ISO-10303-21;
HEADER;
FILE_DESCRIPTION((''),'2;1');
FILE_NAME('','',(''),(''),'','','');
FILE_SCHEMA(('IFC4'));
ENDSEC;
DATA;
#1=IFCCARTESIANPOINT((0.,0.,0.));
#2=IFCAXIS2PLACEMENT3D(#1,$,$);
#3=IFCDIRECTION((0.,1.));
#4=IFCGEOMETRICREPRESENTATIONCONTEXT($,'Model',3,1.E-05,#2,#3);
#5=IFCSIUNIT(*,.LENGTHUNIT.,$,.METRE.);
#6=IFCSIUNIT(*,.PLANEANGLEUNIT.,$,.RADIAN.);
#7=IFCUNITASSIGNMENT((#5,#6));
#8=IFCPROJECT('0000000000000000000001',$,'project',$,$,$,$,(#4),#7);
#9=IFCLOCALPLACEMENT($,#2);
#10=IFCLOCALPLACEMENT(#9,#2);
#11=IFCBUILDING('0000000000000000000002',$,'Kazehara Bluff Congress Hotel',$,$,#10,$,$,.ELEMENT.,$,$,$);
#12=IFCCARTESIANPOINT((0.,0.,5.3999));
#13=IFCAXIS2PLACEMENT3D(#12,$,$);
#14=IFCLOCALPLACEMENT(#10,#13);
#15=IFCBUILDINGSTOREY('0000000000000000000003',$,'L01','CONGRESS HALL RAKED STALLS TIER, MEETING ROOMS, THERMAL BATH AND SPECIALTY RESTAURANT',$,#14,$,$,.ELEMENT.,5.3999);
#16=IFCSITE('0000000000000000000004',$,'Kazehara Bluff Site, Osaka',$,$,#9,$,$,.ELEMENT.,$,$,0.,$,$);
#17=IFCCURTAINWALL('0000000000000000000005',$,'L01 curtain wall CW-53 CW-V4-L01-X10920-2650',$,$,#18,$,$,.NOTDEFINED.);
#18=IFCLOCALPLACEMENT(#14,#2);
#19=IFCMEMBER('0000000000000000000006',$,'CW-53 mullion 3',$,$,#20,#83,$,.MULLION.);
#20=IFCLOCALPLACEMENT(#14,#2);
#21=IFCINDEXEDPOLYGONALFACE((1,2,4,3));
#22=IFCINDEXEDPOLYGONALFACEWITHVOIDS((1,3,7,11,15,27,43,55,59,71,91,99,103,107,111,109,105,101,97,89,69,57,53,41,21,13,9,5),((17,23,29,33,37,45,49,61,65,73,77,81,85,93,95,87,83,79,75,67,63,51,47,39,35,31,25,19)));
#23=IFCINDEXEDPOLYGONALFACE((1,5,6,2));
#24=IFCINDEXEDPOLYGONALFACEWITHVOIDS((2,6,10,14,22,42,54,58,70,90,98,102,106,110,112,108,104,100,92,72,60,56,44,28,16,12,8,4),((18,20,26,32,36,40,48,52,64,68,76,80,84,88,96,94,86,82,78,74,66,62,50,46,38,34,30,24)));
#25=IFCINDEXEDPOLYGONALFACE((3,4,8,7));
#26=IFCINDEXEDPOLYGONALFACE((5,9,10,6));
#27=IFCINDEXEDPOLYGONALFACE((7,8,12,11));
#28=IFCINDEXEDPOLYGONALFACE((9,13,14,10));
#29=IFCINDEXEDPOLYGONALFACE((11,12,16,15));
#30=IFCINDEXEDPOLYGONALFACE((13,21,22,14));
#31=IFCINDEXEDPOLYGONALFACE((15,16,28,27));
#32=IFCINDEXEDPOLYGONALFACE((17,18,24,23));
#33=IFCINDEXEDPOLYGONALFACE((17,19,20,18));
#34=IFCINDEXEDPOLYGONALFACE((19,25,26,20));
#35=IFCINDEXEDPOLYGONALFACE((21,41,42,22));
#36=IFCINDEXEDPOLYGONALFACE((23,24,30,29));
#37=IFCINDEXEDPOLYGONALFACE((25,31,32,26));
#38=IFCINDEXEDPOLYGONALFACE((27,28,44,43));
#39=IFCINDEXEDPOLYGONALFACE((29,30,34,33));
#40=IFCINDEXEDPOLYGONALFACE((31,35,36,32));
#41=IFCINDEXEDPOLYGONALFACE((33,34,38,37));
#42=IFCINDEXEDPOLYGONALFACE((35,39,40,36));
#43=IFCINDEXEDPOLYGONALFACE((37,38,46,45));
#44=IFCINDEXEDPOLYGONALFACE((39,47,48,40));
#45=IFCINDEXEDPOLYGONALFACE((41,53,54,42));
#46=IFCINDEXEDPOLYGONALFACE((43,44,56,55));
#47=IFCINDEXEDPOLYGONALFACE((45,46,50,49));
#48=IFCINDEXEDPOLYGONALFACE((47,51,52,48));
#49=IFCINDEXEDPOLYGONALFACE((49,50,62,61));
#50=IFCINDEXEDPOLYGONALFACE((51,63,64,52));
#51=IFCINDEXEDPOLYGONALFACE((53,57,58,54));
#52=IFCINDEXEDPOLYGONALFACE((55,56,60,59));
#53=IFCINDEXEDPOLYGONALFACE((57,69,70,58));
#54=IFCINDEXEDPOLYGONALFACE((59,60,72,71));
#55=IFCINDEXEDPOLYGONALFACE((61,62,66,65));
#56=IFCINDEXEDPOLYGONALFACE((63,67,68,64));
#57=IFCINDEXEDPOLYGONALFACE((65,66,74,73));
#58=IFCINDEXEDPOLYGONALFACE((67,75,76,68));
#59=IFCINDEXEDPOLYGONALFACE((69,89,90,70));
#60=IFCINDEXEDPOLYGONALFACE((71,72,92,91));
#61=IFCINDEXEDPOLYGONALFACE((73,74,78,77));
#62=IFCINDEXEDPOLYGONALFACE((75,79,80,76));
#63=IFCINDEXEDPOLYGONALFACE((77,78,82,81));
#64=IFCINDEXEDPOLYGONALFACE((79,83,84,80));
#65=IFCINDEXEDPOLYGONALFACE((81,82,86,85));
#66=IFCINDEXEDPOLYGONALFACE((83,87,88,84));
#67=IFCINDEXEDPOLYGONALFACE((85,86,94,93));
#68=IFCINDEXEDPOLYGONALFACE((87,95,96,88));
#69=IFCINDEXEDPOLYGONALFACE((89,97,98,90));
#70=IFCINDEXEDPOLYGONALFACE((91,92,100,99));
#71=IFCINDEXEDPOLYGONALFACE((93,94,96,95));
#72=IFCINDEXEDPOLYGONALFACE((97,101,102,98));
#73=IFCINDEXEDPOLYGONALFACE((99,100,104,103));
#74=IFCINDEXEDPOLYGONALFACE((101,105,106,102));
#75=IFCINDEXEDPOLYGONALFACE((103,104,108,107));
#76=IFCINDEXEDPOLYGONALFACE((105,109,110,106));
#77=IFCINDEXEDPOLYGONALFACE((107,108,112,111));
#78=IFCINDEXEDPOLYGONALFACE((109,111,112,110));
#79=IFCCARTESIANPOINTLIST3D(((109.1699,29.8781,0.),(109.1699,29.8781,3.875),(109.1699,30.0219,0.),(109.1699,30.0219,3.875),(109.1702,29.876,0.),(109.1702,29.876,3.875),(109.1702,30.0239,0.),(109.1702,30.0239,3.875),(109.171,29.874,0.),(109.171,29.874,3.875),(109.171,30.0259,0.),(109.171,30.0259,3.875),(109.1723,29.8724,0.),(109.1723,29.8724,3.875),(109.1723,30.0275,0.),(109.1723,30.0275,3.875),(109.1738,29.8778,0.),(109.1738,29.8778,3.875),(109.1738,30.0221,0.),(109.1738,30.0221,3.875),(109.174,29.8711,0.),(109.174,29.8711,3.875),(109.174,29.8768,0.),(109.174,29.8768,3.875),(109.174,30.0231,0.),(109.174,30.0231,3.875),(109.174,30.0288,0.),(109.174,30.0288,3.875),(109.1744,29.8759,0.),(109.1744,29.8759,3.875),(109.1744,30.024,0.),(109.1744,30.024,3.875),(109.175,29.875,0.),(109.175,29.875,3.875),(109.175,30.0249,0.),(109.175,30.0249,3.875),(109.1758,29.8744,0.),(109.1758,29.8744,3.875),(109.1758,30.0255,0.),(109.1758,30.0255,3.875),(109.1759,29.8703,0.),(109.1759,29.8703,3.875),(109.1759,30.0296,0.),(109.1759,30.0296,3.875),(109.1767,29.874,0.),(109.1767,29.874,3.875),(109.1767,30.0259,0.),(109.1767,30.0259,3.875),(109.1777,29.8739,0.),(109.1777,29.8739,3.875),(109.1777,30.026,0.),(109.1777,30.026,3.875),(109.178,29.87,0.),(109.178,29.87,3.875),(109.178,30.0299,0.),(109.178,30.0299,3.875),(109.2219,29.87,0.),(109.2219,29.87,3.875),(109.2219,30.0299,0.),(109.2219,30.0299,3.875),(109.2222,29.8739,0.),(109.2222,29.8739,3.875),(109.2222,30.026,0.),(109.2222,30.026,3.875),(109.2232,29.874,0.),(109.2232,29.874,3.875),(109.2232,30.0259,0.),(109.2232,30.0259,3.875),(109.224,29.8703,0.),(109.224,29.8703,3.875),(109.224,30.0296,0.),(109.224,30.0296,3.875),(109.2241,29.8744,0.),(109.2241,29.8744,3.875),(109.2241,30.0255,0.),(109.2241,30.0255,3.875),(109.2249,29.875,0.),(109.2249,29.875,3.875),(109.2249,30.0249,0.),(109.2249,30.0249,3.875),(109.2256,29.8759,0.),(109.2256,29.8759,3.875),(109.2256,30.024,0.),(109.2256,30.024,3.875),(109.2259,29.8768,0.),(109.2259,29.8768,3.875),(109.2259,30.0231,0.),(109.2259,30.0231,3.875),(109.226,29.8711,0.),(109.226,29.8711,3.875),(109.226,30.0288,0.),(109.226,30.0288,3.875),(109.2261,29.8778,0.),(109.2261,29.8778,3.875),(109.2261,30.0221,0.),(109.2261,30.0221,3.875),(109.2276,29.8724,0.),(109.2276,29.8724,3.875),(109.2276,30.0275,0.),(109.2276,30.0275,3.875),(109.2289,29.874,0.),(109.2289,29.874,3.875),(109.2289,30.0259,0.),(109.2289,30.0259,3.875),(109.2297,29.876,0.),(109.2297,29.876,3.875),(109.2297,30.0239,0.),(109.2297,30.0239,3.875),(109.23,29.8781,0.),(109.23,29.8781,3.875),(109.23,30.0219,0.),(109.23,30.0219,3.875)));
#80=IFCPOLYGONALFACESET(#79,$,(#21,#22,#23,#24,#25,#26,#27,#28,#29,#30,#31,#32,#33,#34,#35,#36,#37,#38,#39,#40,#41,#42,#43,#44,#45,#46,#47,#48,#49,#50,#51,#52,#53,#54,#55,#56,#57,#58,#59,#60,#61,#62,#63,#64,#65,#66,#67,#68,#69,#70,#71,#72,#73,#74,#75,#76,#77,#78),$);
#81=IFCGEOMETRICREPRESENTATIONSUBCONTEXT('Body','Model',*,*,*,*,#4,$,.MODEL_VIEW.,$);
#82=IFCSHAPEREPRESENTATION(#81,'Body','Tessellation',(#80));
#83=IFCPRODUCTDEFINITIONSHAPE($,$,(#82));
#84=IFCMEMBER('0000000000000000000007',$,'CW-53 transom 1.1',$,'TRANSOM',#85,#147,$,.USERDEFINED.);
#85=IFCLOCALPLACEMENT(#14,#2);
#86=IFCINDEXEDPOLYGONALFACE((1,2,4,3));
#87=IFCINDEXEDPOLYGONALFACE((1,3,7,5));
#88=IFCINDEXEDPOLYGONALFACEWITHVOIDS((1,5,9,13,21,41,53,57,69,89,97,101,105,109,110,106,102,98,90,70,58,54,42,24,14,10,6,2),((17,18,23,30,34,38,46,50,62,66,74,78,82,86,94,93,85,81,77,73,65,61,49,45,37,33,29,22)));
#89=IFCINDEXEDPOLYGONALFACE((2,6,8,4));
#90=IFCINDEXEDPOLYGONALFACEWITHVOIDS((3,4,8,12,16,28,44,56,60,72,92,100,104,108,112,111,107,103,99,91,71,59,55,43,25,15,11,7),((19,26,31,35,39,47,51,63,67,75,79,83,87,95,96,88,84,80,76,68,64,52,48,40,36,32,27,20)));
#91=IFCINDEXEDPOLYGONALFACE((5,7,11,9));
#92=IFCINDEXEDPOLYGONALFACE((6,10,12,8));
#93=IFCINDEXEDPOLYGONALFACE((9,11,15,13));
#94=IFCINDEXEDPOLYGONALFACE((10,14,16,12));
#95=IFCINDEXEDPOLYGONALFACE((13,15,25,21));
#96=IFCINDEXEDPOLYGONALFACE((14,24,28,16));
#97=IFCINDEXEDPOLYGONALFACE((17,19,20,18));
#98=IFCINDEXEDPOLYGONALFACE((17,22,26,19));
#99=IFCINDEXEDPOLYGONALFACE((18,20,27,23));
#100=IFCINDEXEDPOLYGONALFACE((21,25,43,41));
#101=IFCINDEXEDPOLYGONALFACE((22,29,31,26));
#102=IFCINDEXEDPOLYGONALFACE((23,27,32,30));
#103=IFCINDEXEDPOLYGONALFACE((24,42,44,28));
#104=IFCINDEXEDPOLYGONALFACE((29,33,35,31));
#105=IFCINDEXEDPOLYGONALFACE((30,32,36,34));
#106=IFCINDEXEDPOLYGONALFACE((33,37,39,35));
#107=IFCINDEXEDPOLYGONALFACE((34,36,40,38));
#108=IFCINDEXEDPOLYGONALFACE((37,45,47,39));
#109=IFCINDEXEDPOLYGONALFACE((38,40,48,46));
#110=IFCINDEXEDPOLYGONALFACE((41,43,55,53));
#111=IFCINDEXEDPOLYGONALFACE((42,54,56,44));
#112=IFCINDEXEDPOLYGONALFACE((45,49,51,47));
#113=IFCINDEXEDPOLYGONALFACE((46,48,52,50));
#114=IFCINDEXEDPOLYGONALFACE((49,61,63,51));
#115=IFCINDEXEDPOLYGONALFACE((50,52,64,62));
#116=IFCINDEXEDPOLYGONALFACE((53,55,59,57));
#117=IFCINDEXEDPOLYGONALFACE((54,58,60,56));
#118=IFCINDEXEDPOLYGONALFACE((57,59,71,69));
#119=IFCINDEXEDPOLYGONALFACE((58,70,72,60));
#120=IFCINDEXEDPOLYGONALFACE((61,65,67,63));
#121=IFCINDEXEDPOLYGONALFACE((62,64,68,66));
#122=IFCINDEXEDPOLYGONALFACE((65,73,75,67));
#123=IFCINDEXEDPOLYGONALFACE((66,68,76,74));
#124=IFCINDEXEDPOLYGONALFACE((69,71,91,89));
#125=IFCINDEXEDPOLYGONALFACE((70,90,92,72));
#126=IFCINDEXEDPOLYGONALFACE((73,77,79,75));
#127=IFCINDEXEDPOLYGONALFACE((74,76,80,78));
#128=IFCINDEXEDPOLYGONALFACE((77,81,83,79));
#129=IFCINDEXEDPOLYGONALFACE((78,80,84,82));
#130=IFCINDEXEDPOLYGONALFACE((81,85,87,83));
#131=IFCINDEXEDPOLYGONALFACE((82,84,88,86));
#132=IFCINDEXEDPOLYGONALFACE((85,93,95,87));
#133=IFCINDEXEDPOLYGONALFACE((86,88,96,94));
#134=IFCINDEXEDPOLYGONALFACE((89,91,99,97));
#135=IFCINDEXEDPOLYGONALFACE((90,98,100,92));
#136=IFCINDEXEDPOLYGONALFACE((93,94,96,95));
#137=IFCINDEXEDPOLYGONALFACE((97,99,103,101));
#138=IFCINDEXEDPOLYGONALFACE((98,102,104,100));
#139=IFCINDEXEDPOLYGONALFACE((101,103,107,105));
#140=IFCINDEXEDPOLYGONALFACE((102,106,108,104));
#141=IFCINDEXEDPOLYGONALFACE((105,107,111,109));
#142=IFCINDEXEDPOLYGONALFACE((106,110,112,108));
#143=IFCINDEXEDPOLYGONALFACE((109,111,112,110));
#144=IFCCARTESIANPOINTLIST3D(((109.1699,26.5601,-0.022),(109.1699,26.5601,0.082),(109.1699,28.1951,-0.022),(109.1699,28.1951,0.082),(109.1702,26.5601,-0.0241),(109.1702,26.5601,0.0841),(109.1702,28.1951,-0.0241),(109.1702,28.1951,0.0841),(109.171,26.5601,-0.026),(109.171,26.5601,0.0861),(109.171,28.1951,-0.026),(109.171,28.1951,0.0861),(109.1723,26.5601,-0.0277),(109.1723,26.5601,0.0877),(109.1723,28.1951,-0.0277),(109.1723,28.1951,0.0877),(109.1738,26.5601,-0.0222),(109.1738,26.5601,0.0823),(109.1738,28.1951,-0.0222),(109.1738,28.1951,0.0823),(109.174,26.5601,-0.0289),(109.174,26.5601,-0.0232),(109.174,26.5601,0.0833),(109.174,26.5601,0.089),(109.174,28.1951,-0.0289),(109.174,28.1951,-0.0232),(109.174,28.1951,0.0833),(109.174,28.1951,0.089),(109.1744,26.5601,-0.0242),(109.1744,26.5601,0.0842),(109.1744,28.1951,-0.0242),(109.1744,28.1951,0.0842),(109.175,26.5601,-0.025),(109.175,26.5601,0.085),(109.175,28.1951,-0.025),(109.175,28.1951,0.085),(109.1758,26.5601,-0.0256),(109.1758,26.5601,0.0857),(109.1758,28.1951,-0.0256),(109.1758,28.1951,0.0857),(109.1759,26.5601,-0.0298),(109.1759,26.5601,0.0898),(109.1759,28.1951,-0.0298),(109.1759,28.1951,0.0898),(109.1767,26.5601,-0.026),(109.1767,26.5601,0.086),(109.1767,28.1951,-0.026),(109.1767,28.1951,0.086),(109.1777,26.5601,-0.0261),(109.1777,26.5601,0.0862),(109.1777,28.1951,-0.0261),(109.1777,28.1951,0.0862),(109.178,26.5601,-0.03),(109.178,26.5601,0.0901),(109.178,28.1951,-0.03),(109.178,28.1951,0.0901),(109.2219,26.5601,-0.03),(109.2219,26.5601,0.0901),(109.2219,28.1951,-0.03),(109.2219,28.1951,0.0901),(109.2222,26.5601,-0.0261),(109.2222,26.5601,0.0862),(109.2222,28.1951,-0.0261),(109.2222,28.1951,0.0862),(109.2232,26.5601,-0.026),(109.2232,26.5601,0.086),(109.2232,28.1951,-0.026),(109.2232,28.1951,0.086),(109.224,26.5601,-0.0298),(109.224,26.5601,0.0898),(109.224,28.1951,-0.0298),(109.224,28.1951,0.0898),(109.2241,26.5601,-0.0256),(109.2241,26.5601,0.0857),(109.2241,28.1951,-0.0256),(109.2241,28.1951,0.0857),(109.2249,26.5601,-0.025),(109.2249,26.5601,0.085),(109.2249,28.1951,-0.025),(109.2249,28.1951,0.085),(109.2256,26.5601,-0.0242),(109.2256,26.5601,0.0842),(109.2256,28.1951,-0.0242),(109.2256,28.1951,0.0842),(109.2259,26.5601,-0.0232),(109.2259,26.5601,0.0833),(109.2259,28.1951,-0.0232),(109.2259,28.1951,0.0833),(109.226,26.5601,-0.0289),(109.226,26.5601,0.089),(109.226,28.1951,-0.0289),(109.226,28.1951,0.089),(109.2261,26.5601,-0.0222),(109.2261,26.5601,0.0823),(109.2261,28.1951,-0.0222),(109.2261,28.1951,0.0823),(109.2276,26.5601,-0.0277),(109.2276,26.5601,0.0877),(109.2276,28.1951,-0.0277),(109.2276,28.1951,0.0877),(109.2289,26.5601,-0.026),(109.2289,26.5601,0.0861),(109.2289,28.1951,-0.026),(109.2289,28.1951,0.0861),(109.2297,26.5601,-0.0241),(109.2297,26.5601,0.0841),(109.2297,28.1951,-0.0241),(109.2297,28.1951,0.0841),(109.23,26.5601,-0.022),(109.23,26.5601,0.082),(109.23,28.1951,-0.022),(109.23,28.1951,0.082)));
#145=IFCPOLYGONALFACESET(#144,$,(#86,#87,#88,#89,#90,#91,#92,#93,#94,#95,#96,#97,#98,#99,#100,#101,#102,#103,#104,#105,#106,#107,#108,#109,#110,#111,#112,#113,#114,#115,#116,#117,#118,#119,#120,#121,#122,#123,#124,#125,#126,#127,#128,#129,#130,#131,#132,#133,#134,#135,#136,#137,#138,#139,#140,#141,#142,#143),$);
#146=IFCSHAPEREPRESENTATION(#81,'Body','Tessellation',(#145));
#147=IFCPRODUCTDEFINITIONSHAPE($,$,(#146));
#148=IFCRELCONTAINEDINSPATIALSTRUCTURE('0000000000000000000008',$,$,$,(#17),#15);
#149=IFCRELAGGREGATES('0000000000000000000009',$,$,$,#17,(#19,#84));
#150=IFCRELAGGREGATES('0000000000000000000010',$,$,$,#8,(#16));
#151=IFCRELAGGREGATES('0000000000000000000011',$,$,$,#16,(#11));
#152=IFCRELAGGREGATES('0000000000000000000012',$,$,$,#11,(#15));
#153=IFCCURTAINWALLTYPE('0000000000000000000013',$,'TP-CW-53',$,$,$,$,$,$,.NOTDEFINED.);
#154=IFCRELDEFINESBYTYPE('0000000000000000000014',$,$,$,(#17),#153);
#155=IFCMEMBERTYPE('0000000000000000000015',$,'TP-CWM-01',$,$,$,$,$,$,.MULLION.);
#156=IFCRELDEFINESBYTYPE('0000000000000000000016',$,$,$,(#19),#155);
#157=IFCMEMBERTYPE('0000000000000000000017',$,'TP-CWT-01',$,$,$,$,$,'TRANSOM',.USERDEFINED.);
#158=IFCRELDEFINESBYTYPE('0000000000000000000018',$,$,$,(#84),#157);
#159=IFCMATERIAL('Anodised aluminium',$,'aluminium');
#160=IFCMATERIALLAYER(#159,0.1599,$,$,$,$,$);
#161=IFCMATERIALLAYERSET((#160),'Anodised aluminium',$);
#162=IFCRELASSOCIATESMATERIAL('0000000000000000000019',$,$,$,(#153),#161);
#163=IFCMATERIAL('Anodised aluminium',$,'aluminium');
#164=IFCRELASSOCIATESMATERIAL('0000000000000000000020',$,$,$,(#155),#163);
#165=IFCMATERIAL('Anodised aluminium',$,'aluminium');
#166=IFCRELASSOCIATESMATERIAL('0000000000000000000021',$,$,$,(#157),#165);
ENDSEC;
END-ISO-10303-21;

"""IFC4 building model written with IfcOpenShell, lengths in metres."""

from ifc_helpers import new_model, si_unit, direction, frame, origin, origin_2d, place, context, subcontext, project, spatial, hollow_rectangle, extrude, material, layer, layer_set, material_profile, profile_set, type_object, element, aggregate, save


model = new_model("IFC4")

# Units and contexts
model_context = context("Model", 3, precision=1e-05, world=origin(), true_north=direction((0.0, 1.0)))
body_context = subcontext(model_context, "Body", "Model", "MODEL_VIEW")
ifc_project = project(units=[si_unit("LENGTHUNIT", "METRE"), si_unit("PLANEANGLEUNIT", "RADIAN")], contexts=[model_context])

# Site, building, storey
site_placement = place(None, origin())
site = spatial("IfcSite", under=ifc_project, at=site_placement, Name="Kazehara Bluff Site, Osaka", CompositionType="ELEMENT", RefElevation=0.0)
building_placement = place(site_placement, origin())
building = spatial("IfcBuilding", under=site, at=building_placement, Name="Kazehara Bluff Congress Hotel", CompositionType="ELEMENT")
storey_placement = place(building_placement, frame((0.0, 0.0, 5.3999)))
storey = spatial("IfcBuildingStorey", under=building, at=storey_placement, Name="L01", Description="CONGRESS HALL RAKED STALLS TIER, MEETING ROOMS, THERMAL BATH AND SPECIALTY RESTAURANT", CompositionType="ELEMENT", Elevation=5.3999)

# Curtain wall, members
ifc_material_1 = material(Name="Anodised aluminium", Category="aluminium")
ifc_layer_1 = layer(ifc_material_1, 0.1599)
ifc_layer_set_1 = layer_set([ifc_layer_1], Name="Anodised aluminium")
curtain_wall_type = type_object("IfcCurtainWallType", Name="TP-CW-53", PredefinedType="NOTDEFINED", material=ifc_layer_set_1)
curtain_wall_placement = place(storey_placement, origin())
curtain_wall = element("IfcCurtainWall", 1, at=curtain_wall_placement, inside=storey, type_object=curtain_wall_type, Name="L01 curtain wall CW-53 CW-V4-L01-X10920-2650", PredefinedType="NOTDEFINED")
ifc_material_2 = material(Name="Anodised aluminium", Category="aluminium")
ifc_material_profile_1 = material_profile(ifc_material_2, hollow_rectangle(XDim=0.0601, YDim=0.1599, WallThickness=0.0039, InnerFilletRadius=0.0039, OuterFilletRadius=0.0081, at=origin_2d()))
ifc_profile_set_1 = profile_set([ifc_material_profile_1], Name="Anodised aluminium")
member_type_1 = type_object("IfcMemberType", Name="TP-CWM-01", PredefinedType="MULLION", material=ifc_profile_set_1)
member_1_placement = place(storey_placement, frame((109.2, 29.95, 0.0), z_axis=(0.0, 0.0, 1.0), x_axis=(-1.0, 0.0, 0.0)))
member_1 = element("IfcMember", 2, at=member_1_placement, type_object=member_type_1, Name="CW-53 mullion 3", PredefinedType="MULLION", context=body_context, shape_type="SweptSolid", body=[
    extrude(hollow_rectangle(XDim=0.0601, YDim=0.1599, WallThickness=0.0039, InnerFilletRadius=0.0039, OuterFilletRadius=0.0081, at=origin_2d()), origin(), (0.0, 0.0, 1.0), 3.875),
])
ifc_material_3 = material(Name="Anodised aluminium", Category="aluminium")
ifc_material_profile_2 = material_profile(ifc_material_3, hollow_rectangle(XDim=0.0601, YDim=0.1201, WallThickness=0.0039, InnerFilletRadius=0.0039, OuterFilletRadius=0.0081, at=origin_2d()))
ifc_profile_set_2 = profile_set([ifc_material_profile_2], Name="Anodised aluminium")
member_type_2 = type_object("IfcMemberType", Name="TP-CWT-01", ElementType="TRANSOM", PredefinedType="USERDEFINED", material=ifc_profile_set_2)
member_2_placement = place(storey_placement, frame((109.2, 26.5601, 0.03), z_axis=(0.0, 1.0, 0.0), x_axis=(-1.0, 0.0, 0.0)))
member_2 = element("IfcMember", 3, at=member_2_placement, type_object=member_type_2, Name="CW-53 transom 1.1", ObjectType="TRANSOM", PredefinedType="USERDEFINED", context=body_context, shape_type="SweptSolid", body=[
    extrude(hollow_rectangle(XDim=0.0601, YDim=0.1201, WallThickness=0.0039, InnerFilletRadius=0.0039, OuterFilletRadius=0.0081, at=origin_2d()), origin(), (0.0, 0.0, 1.0), 1.635),
])

aggregate(curtain_wall, [member_1, member_2])

save(model, "model.ifc")
